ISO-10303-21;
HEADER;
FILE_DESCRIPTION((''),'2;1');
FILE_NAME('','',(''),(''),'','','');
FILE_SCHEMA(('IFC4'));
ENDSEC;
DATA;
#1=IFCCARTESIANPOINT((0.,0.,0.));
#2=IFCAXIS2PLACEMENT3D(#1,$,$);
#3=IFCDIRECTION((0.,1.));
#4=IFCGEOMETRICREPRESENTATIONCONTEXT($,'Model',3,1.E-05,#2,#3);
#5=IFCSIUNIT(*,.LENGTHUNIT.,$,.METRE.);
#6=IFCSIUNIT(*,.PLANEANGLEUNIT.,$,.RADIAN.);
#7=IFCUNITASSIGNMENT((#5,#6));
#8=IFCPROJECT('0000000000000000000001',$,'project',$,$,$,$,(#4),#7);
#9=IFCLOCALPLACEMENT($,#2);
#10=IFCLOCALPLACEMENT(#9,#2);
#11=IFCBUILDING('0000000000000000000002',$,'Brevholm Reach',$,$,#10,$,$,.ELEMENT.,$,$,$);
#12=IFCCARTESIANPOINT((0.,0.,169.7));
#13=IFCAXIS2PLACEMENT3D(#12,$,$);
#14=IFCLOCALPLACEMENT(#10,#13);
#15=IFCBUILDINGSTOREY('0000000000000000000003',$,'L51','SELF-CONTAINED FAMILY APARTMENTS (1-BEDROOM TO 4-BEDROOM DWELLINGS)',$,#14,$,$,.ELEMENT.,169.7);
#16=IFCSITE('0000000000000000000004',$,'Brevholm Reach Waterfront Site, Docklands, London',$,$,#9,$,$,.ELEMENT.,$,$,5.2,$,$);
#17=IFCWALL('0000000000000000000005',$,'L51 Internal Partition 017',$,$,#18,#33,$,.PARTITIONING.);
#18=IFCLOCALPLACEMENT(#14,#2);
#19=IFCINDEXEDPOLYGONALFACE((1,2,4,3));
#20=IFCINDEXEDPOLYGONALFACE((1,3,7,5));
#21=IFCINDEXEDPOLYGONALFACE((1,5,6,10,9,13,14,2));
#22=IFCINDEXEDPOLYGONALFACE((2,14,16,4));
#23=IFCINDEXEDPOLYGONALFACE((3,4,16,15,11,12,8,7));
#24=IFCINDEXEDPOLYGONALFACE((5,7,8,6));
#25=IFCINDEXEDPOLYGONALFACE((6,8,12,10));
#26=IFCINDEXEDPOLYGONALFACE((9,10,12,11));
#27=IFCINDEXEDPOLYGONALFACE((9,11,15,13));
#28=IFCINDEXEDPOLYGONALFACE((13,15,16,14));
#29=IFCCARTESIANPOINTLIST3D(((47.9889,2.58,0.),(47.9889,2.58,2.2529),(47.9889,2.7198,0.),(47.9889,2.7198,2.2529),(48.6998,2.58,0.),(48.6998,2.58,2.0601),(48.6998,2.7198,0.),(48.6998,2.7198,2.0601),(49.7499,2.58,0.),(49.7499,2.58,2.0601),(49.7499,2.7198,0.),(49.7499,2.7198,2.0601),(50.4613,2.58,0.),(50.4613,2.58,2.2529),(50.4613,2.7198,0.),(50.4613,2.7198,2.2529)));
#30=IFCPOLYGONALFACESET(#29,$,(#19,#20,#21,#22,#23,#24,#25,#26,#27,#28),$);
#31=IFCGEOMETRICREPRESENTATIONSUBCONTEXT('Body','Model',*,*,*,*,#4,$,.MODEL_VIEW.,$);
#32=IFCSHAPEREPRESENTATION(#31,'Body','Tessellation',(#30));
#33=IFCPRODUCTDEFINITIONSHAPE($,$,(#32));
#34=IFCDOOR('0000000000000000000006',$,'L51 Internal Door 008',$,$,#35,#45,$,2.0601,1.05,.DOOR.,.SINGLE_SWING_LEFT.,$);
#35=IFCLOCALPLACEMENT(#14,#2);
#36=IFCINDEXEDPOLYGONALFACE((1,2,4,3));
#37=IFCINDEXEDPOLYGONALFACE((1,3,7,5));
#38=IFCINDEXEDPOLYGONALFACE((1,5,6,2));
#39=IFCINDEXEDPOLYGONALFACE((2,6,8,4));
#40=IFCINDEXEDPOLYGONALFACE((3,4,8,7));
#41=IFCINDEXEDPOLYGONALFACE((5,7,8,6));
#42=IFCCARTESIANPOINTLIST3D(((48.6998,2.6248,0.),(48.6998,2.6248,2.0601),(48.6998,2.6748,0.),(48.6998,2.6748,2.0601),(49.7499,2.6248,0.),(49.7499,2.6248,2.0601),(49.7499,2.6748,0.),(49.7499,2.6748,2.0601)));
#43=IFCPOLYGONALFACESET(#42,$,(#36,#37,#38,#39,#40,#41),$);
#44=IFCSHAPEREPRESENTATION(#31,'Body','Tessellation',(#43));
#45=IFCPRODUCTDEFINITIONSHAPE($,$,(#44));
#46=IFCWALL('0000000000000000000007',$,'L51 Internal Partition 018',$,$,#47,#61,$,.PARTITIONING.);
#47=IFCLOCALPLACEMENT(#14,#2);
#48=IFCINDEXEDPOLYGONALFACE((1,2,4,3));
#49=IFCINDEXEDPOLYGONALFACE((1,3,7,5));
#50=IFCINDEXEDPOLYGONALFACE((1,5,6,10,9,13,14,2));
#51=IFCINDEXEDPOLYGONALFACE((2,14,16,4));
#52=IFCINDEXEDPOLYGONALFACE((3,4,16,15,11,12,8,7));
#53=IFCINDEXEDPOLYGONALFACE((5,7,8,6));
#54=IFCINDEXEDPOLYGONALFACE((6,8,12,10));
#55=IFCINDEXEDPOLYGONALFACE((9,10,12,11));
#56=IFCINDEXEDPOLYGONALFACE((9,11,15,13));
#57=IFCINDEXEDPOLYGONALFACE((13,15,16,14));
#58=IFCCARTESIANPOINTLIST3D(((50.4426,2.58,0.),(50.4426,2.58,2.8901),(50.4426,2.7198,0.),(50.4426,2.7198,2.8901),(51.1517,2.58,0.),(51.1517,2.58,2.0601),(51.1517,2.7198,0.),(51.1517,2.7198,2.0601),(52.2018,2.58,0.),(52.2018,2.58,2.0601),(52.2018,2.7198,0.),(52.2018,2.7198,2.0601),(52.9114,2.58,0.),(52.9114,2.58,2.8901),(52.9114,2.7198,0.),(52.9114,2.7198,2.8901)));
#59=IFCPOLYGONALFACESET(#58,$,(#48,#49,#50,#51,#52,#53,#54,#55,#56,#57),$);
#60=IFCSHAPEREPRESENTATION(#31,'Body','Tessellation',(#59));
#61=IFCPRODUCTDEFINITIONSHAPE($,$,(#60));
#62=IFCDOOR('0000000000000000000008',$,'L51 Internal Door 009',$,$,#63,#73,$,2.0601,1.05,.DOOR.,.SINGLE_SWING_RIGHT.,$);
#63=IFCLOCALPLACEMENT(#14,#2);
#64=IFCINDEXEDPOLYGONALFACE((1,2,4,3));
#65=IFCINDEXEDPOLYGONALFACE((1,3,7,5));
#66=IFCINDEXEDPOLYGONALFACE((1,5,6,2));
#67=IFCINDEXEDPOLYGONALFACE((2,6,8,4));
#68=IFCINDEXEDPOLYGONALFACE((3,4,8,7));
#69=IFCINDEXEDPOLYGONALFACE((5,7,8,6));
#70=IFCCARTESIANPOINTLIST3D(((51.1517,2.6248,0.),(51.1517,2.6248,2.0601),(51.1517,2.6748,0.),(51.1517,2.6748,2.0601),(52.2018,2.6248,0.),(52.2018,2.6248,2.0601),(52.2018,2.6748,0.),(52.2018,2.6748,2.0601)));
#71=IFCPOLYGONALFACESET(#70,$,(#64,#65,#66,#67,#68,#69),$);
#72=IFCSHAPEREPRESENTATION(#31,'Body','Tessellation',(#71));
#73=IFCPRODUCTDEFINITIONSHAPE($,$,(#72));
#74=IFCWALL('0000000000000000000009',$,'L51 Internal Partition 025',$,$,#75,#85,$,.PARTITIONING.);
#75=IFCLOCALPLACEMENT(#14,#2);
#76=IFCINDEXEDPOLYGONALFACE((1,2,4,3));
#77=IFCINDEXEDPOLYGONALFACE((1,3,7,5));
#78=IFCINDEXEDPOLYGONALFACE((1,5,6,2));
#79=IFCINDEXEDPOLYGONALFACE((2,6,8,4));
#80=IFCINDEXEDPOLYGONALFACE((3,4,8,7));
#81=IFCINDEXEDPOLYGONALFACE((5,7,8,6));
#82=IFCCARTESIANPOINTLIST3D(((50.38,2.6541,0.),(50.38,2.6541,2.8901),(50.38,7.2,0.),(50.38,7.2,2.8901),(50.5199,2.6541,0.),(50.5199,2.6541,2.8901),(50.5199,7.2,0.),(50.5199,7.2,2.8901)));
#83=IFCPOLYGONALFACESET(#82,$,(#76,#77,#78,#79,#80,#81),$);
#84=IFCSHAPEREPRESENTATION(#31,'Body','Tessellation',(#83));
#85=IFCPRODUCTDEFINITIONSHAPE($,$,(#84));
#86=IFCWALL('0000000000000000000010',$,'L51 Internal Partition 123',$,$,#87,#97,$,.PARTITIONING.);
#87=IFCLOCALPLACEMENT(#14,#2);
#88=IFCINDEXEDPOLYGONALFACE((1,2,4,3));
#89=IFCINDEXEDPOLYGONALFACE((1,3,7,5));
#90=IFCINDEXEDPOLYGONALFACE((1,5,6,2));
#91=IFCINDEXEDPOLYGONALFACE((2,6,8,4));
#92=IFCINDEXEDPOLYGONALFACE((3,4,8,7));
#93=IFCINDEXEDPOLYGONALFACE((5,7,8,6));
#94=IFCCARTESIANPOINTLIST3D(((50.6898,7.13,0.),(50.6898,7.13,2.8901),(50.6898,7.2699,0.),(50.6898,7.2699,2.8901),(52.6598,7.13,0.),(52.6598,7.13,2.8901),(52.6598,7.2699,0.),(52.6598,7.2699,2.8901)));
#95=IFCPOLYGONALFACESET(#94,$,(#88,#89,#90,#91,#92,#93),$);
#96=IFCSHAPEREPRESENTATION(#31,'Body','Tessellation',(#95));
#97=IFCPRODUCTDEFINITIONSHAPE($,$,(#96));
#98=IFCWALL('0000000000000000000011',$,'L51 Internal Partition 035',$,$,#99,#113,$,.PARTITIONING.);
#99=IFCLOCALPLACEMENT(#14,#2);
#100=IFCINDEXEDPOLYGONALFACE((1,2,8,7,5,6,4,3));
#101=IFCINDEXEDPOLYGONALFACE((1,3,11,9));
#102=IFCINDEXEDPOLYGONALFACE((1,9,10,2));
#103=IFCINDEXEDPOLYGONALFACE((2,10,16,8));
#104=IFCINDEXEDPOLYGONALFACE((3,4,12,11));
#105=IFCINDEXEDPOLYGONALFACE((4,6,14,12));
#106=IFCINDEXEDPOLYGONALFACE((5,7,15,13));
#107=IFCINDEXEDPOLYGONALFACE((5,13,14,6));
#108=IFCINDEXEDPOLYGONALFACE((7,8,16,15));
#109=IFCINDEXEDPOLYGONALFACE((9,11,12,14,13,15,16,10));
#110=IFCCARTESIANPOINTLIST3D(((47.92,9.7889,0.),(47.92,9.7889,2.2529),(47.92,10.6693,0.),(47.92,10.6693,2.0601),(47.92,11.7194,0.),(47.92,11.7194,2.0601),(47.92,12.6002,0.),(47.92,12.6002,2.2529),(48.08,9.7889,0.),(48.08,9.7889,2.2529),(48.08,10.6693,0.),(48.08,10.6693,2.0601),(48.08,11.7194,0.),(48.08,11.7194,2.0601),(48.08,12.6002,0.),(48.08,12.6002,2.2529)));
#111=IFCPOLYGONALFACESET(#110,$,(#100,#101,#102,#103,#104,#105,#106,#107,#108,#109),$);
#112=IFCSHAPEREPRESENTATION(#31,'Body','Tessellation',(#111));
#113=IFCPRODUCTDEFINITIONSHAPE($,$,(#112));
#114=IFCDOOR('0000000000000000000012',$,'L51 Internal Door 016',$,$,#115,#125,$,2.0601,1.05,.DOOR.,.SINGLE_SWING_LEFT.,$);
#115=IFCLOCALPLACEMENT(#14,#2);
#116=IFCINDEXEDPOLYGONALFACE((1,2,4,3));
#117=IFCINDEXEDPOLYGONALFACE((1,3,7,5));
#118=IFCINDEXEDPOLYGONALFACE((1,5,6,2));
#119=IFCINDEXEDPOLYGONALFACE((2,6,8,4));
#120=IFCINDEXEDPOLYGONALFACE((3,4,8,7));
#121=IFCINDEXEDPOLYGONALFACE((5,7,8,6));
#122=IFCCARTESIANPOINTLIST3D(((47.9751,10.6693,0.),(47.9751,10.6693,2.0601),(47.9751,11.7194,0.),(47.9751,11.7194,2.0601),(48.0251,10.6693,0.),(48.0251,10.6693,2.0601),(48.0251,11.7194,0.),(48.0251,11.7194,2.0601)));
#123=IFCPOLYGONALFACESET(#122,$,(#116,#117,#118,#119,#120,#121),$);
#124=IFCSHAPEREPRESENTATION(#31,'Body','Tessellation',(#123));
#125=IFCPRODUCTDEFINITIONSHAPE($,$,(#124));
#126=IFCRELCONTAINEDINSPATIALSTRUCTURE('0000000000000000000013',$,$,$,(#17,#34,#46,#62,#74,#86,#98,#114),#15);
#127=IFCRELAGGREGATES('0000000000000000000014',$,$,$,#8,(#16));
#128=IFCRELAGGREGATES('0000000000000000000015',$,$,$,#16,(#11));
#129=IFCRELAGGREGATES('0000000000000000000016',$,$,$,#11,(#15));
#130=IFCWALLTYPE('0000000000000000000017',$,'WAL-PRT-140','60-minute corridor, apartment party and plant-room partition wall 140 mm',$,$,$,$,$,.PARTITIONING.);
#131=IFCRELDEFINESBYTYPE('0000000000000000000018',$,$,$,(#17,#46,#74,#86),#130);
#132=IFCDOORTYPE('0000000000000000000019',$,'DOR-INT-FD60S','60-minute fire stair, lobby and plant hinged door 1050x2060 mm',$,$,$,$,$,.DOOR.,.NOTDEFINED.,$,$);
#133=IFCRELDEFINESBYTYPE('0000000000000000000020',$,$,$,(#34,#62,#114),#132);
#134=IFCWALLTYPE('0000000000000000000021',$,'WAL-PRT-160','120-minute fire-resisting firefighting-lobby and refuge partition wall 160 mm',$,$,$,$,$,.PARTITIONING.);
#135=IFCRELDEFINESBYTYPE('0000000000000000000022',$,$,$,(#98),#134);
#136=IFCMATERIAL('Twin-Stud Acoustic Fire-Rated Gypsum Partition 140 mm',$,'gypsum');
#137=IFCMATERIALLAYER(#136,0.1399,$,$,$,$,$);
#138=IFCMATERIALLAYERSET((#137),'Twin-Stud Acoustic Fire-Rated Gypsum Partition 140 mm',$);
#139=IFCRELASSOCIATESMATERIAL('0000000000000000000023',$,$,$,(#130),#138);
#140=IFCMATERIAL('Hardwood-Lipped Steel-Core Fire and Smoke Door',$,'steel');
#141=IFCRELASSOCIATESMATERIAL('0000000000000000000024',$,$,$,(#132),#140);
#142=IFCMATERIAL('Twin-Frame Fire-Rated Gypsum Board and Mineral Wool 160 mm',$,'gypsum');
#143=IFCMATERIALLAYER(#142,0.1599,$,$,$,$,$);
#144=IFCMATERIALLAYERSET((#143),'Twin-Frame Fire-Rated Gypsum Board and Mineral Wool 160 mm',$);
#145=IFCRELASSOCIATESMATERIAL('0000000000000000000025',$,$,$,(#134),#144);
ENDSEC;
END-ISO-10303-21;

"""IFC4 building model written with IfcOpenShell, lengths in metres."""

from ifc_helpers import new_model, si_unit, direction, frame, frame_2d, origin, place, context, subcontext, project, spatial, rectangle, extrude, material, layer, layer_set, type_object, element, fill, save


model = new_model("IFC4")

# Units and contexts
model_context = context("Model", 3, precision=1e-05, world=origin(), true_north=direction((0.0, 1.0)))
body_context = subcontext(model_context, "Body", "Model", "MODEL_VIEW")
ifc_project = project(units=[si_unit("LENGTHUNIT", "METRE"), si_unit("PLANEANGLEUNIT", "RADIAN")], contexts=[model_context])

# Site, building, storey
site_placement = place(None, origin())
site = spatial("IfcSite", under=ifc_project, at=site_placement, Name="Brevholm Reach Waterfront Site, Docklands, London", CompositionType="ELEMENT", RefElevation=5.2)
building_placement = place(site_placement, origin())
building = spatial("IfcBuilding", under=site, at=building_placement, Name="Brevholm Reach", CompositionType="ELEMENT")
storey_placement = place(building_placement, frame((0.0, 0.0, 169.7)))
storey = spatial("IfcBuildingStorey", under=building, at=storey_placement, Name="L51", Description="SELF-CONTAINED FAMILY APARTMENTS (1-BEDROOM TO 4-BEDROOM DWELLINGS)", CompositionType="ELEMENT", Elevation=169.7)

# Walls, openings, doors
ifc_material_1 = material(Name="Twin-Stud Acoustic Fire-Rated Gypsum Partition 140 mm", Category="gypsum")
ifc_layer_1 = layer(ifc_material_1, 0.1399)
ifc_layer_set_1 = layer_set([ifc_layer_1], Name="Twin-Stud Acoustic Fire-Rated Gypsum Partition 140 mm")
wall_type_1 = type_object("IfcWallType", Name="WAL-PRT-140", Description="60-minute corridor, apartment party and plant-room partition wall 140 mm", PredefinedType="PARTITIONING", material=ifc_layer_set_1)
wall_1_placement = place(storey_placement, frame((47.9888, 2.6499, 0.0), z_axis=(0.0, 0.0, 1.0), x_axis=(1.0, 0.0, 0.0)))
wall_1 = element("IfcWall", 1, at=wall_1_placement, inside=storey, type_object=wall_type_1, Name="L51 Internal Partition 017", PredefinedType="PARTITIONING", context=body_context, shape_type="SweptSolid", body=[
    extrude(rectangle(XDim=2.4724, YDim=0.1399, at=frame_2d((1.2363, 0.0))), origin(), (0.0, 0.0, 1.0), 2.2529),
])
opening_1_placement = place(wall_1_placement, frame((0.7112, 0.0, 0.0)))
opening_1 = element("IfcOpeningElement", 2, at=opening_1_placement, cuts=wall_1, PredefinedType="OPENING", context=body_context, shape_type="SweptSolid", body=[
    extrude(rectangle(XDim=1.05, YDim=2.0601, at=frame_2d((0.5249, 1.03))), frame((0.0, 0.0798, 0.0), z_axis=(0.0, -1.0, 0.0), x_axis=(1.0, 0.0, 0.0)), (0.0, 0.0, 1.0), 0.1599),
])
ifc_material_2 = material(Name="Hardwood-Lipped Steel-Core Fire and Smoke Door", Category="steel")
door_type_1 = type_object("IfcDoorType", Name="DOR-INT-FD60S", Description="60-minute fire stair, lobby and plant hinged door 1050x2060 mm", OperationType="NOTDEFINED", PredefinedType="DOOR", material=ifc_material_2)
door_1_placement = place(opening_1_placement, origin())
door_1 = element("IfcDoor", 3, at=door_1_placement, inside=storey, type_object=door_type_1, Name="L51 Internal Door 008", OperationType="SINGLE_SWING_LEFT", OverallHeight=2.0601, OverallWidth=1.05, PredefinedType="DOOR", context=body_context, shape_type="SweptSolid", body=[
    extrude(rectangle(XDim=1.05, YDim=2.0601, at=frame_2d((0.5249, 1.03))), frame((0.0, 0.0249, 0.0), z_axis=(0.0, -1.0, 0.0), x_axis=(1.0, 0.0, 0.0)), (0.0, 0.0, 1.0), 0.05),
])
fill(opening_1, door_1)
wall_2_placement = place(storey_placement, frame((50.4426, 2.6499, 0.0), z_axis=(0.0, 0.0, 1.0), x_axis=(1.0, 0.0, 0.0)))
wall_2 = element("IfcWall", 4, at=wall_2_placement, inside=storey, type_object=wall_type_1, Name="L51 Internal Partition 018", PredefinedType="PARTITIONING", context=body_context, shape_type="SweptSolid", body=[
    extrude(rectangle(XDim=2.4688, YDim=0.1399, at=frame_2d((1.2344, 0.0))), origin(), (0.0, 0.0, 1.0), 2.8901),
])
opening_2_placement = place(wall_2_placement, frame((0.7092, 0.0, 0.0)))
opening_2 = element("IfcOpeningElement", 5, at=opening_2_placement, cuts=wall_2, PredefinedType="OPENING", context=body_context, shape_type="SweptSolid", body=[
    extrude(rectangle(XDim=1.05, YDim=2.0601, at=frame_2d((0.5249, 1.03))), frame((0.0, 0.0798, 0.0), z_axis=(0.0, -1.0, 0.0), x_axis=(1.0, 0.0, 0.0)), (0.0, 0.0, 1.0), 0.1599),
])
door_2_placement = place(opening_2_placement, origin())
door_2 = element("IfcDoor", 6, at=door_2_placement, inside=storey, type_object=door_type_1, Name="L51 Internal Door 009", OperationType="SINGLE_SWING_RIGHT", OverallHeight=2.0601, OverallWidth=1.05, PredefinedType="DOOR", context=body_context, shape_type="SweptSolid", body=[
    extrude(rectangle(XDim=1.05, YDim=2.0601, at=frame_2d((0.5249, 1.03))), frame((0.0, 0.0249, 0.0), z_axis=(0.0, -1.0, 0.0), x_axis=(1.0, 0.0, 0.0)), (0.0, 0.0, 1.0), 0.05),
])
fill(opening_2, door_2)

# Walls
wall_3_placement = place(storey_placement, frame((50.45, 2.6541, 0.0), z_axis=(0.0, 0.0, 1.0), x_axis=(0.0, 1.0, 0.0)))
element("IfcWall", 7, at=wall_3_placement, inside=storey, type_object=wall_type_1, Name="L51 Internal Partition 025", PredefinedType="PARTITIONING", context=body_context, shape_type="SweptSolid", body=[
    extrude(rectangle(XDim=4.5459, YDim=0.1399, at=frame_2d((2.2729, 0.0))), origin(), (0.0, 0.0, 1.0), 2.8901),
])
wall_4_placement = place(storey_placement, frame((50.6899, 7.2, 0.0), z_axis=(0.0, 0.0, 1.0), x_axis=(1.0, 0.0, 0.0)))
element("IfcWall", 8, at=wall_4_placement, inside=storey, type_object=wall_type_1, Name="L51 Internal Partition 123", PredefinedType="PARTITIONING", context=body_context, shape_type="SweptSolid", body=[
    extrude(rectangle(XDim=1.97, YDim=0.1399, at=frame_2d((0.9849, 0.0))), origin(), (0.0, 0.0, 1.0), 2.8901),
])

# Wall, opening, door
ifc_material_3 = material(Name="Twin-Frame Fire-Rated Gypsum Board and Mineral Wool 160 mm", Category="gypsum")
ifc_layer_2 = layer(ifc_material_3, 0.1599)
ifc_layer_set_2 = layer_set([ifc_layer_2], Name="Twin-Frame Fire-Rated Gypsum Board and Mineral Wool 160 mm")
wall_type_2 = type_object("IfcWallType", Name="WAL-PRT-160", Description="120-minute fire-resisting firefighting-lobby and refuge partition wall 160 mm", PredefinedType="PARTITIONING", material=ifc_layer_set_2)
wall_5_placement = place(storey_placement, frame((48.0, 9.7888, 0.0), z_axis=(0.0, 0.0, 1.0), x_axis=(0.0, 1.0, 0.0)))
wall_5 = element("IfcWall", 9, at=wall_5_placement, inside=storey, type_object=wall_type_2, Name="L51 Internal Partition 035", PredefinedType="PARTITIONING", context=body_context, shape_type="SweptSolid", body=[
    extrude(rectangle(XDim=2.8113, YDim=0.1599, at=frame_2d((1.4058, 0.0))), origin(), (0.0, 0.0, 1.0), 2.2529),
])
opening_3_placement = place(wall_5_placement, frame((0.8806, 0.0, 0.0)))
opening_3 = element("IfcOpeningElement", 10, at=opening_3_placement, cuts=wall_5, PredefinedType="OPENING", context=body_context, shape_type="SweptSolid", body=[
    extrude(rectangle(XDim=1.05, YDim=2.0601, at=frame_2d((0.5249, 1.03))), frame((0.0, 0.0898, 0.0), z_axis=(0.0, -1.0, 0.0), x_axis=(1.0, 0.0, 0.0)), (0.0, 0.0, 1.0), 0.1799),
])
door_3_placement = place(opening_3_placement, origin())
door_3 = element("IfcDoor", 11, at=door_3_placement, inside=storey, type_object=door_type_1, Name="L51 Internal Door 016", OperationType="SINGLE_SWING_LEFT", OverallHeight=2.0601, OverallWidth=1.05, PredefinedType="DOOR", context=body_context, shape_type="SweptSolid", body=[
    extrude(rectangle(XDim=1.05, YDim=2.0601, at=frame_2d((0.5249, 1.03))), frame((0.0, 0.0249, 0.0), z_axis=(0.0, -1.0, 0.0), x_axis=(1.0, 0.0, 0.0)), (0.0, 0.0, 1.0), 0.05),
])
fill(opening_3, door_3)

save(model, "model.ifc")
